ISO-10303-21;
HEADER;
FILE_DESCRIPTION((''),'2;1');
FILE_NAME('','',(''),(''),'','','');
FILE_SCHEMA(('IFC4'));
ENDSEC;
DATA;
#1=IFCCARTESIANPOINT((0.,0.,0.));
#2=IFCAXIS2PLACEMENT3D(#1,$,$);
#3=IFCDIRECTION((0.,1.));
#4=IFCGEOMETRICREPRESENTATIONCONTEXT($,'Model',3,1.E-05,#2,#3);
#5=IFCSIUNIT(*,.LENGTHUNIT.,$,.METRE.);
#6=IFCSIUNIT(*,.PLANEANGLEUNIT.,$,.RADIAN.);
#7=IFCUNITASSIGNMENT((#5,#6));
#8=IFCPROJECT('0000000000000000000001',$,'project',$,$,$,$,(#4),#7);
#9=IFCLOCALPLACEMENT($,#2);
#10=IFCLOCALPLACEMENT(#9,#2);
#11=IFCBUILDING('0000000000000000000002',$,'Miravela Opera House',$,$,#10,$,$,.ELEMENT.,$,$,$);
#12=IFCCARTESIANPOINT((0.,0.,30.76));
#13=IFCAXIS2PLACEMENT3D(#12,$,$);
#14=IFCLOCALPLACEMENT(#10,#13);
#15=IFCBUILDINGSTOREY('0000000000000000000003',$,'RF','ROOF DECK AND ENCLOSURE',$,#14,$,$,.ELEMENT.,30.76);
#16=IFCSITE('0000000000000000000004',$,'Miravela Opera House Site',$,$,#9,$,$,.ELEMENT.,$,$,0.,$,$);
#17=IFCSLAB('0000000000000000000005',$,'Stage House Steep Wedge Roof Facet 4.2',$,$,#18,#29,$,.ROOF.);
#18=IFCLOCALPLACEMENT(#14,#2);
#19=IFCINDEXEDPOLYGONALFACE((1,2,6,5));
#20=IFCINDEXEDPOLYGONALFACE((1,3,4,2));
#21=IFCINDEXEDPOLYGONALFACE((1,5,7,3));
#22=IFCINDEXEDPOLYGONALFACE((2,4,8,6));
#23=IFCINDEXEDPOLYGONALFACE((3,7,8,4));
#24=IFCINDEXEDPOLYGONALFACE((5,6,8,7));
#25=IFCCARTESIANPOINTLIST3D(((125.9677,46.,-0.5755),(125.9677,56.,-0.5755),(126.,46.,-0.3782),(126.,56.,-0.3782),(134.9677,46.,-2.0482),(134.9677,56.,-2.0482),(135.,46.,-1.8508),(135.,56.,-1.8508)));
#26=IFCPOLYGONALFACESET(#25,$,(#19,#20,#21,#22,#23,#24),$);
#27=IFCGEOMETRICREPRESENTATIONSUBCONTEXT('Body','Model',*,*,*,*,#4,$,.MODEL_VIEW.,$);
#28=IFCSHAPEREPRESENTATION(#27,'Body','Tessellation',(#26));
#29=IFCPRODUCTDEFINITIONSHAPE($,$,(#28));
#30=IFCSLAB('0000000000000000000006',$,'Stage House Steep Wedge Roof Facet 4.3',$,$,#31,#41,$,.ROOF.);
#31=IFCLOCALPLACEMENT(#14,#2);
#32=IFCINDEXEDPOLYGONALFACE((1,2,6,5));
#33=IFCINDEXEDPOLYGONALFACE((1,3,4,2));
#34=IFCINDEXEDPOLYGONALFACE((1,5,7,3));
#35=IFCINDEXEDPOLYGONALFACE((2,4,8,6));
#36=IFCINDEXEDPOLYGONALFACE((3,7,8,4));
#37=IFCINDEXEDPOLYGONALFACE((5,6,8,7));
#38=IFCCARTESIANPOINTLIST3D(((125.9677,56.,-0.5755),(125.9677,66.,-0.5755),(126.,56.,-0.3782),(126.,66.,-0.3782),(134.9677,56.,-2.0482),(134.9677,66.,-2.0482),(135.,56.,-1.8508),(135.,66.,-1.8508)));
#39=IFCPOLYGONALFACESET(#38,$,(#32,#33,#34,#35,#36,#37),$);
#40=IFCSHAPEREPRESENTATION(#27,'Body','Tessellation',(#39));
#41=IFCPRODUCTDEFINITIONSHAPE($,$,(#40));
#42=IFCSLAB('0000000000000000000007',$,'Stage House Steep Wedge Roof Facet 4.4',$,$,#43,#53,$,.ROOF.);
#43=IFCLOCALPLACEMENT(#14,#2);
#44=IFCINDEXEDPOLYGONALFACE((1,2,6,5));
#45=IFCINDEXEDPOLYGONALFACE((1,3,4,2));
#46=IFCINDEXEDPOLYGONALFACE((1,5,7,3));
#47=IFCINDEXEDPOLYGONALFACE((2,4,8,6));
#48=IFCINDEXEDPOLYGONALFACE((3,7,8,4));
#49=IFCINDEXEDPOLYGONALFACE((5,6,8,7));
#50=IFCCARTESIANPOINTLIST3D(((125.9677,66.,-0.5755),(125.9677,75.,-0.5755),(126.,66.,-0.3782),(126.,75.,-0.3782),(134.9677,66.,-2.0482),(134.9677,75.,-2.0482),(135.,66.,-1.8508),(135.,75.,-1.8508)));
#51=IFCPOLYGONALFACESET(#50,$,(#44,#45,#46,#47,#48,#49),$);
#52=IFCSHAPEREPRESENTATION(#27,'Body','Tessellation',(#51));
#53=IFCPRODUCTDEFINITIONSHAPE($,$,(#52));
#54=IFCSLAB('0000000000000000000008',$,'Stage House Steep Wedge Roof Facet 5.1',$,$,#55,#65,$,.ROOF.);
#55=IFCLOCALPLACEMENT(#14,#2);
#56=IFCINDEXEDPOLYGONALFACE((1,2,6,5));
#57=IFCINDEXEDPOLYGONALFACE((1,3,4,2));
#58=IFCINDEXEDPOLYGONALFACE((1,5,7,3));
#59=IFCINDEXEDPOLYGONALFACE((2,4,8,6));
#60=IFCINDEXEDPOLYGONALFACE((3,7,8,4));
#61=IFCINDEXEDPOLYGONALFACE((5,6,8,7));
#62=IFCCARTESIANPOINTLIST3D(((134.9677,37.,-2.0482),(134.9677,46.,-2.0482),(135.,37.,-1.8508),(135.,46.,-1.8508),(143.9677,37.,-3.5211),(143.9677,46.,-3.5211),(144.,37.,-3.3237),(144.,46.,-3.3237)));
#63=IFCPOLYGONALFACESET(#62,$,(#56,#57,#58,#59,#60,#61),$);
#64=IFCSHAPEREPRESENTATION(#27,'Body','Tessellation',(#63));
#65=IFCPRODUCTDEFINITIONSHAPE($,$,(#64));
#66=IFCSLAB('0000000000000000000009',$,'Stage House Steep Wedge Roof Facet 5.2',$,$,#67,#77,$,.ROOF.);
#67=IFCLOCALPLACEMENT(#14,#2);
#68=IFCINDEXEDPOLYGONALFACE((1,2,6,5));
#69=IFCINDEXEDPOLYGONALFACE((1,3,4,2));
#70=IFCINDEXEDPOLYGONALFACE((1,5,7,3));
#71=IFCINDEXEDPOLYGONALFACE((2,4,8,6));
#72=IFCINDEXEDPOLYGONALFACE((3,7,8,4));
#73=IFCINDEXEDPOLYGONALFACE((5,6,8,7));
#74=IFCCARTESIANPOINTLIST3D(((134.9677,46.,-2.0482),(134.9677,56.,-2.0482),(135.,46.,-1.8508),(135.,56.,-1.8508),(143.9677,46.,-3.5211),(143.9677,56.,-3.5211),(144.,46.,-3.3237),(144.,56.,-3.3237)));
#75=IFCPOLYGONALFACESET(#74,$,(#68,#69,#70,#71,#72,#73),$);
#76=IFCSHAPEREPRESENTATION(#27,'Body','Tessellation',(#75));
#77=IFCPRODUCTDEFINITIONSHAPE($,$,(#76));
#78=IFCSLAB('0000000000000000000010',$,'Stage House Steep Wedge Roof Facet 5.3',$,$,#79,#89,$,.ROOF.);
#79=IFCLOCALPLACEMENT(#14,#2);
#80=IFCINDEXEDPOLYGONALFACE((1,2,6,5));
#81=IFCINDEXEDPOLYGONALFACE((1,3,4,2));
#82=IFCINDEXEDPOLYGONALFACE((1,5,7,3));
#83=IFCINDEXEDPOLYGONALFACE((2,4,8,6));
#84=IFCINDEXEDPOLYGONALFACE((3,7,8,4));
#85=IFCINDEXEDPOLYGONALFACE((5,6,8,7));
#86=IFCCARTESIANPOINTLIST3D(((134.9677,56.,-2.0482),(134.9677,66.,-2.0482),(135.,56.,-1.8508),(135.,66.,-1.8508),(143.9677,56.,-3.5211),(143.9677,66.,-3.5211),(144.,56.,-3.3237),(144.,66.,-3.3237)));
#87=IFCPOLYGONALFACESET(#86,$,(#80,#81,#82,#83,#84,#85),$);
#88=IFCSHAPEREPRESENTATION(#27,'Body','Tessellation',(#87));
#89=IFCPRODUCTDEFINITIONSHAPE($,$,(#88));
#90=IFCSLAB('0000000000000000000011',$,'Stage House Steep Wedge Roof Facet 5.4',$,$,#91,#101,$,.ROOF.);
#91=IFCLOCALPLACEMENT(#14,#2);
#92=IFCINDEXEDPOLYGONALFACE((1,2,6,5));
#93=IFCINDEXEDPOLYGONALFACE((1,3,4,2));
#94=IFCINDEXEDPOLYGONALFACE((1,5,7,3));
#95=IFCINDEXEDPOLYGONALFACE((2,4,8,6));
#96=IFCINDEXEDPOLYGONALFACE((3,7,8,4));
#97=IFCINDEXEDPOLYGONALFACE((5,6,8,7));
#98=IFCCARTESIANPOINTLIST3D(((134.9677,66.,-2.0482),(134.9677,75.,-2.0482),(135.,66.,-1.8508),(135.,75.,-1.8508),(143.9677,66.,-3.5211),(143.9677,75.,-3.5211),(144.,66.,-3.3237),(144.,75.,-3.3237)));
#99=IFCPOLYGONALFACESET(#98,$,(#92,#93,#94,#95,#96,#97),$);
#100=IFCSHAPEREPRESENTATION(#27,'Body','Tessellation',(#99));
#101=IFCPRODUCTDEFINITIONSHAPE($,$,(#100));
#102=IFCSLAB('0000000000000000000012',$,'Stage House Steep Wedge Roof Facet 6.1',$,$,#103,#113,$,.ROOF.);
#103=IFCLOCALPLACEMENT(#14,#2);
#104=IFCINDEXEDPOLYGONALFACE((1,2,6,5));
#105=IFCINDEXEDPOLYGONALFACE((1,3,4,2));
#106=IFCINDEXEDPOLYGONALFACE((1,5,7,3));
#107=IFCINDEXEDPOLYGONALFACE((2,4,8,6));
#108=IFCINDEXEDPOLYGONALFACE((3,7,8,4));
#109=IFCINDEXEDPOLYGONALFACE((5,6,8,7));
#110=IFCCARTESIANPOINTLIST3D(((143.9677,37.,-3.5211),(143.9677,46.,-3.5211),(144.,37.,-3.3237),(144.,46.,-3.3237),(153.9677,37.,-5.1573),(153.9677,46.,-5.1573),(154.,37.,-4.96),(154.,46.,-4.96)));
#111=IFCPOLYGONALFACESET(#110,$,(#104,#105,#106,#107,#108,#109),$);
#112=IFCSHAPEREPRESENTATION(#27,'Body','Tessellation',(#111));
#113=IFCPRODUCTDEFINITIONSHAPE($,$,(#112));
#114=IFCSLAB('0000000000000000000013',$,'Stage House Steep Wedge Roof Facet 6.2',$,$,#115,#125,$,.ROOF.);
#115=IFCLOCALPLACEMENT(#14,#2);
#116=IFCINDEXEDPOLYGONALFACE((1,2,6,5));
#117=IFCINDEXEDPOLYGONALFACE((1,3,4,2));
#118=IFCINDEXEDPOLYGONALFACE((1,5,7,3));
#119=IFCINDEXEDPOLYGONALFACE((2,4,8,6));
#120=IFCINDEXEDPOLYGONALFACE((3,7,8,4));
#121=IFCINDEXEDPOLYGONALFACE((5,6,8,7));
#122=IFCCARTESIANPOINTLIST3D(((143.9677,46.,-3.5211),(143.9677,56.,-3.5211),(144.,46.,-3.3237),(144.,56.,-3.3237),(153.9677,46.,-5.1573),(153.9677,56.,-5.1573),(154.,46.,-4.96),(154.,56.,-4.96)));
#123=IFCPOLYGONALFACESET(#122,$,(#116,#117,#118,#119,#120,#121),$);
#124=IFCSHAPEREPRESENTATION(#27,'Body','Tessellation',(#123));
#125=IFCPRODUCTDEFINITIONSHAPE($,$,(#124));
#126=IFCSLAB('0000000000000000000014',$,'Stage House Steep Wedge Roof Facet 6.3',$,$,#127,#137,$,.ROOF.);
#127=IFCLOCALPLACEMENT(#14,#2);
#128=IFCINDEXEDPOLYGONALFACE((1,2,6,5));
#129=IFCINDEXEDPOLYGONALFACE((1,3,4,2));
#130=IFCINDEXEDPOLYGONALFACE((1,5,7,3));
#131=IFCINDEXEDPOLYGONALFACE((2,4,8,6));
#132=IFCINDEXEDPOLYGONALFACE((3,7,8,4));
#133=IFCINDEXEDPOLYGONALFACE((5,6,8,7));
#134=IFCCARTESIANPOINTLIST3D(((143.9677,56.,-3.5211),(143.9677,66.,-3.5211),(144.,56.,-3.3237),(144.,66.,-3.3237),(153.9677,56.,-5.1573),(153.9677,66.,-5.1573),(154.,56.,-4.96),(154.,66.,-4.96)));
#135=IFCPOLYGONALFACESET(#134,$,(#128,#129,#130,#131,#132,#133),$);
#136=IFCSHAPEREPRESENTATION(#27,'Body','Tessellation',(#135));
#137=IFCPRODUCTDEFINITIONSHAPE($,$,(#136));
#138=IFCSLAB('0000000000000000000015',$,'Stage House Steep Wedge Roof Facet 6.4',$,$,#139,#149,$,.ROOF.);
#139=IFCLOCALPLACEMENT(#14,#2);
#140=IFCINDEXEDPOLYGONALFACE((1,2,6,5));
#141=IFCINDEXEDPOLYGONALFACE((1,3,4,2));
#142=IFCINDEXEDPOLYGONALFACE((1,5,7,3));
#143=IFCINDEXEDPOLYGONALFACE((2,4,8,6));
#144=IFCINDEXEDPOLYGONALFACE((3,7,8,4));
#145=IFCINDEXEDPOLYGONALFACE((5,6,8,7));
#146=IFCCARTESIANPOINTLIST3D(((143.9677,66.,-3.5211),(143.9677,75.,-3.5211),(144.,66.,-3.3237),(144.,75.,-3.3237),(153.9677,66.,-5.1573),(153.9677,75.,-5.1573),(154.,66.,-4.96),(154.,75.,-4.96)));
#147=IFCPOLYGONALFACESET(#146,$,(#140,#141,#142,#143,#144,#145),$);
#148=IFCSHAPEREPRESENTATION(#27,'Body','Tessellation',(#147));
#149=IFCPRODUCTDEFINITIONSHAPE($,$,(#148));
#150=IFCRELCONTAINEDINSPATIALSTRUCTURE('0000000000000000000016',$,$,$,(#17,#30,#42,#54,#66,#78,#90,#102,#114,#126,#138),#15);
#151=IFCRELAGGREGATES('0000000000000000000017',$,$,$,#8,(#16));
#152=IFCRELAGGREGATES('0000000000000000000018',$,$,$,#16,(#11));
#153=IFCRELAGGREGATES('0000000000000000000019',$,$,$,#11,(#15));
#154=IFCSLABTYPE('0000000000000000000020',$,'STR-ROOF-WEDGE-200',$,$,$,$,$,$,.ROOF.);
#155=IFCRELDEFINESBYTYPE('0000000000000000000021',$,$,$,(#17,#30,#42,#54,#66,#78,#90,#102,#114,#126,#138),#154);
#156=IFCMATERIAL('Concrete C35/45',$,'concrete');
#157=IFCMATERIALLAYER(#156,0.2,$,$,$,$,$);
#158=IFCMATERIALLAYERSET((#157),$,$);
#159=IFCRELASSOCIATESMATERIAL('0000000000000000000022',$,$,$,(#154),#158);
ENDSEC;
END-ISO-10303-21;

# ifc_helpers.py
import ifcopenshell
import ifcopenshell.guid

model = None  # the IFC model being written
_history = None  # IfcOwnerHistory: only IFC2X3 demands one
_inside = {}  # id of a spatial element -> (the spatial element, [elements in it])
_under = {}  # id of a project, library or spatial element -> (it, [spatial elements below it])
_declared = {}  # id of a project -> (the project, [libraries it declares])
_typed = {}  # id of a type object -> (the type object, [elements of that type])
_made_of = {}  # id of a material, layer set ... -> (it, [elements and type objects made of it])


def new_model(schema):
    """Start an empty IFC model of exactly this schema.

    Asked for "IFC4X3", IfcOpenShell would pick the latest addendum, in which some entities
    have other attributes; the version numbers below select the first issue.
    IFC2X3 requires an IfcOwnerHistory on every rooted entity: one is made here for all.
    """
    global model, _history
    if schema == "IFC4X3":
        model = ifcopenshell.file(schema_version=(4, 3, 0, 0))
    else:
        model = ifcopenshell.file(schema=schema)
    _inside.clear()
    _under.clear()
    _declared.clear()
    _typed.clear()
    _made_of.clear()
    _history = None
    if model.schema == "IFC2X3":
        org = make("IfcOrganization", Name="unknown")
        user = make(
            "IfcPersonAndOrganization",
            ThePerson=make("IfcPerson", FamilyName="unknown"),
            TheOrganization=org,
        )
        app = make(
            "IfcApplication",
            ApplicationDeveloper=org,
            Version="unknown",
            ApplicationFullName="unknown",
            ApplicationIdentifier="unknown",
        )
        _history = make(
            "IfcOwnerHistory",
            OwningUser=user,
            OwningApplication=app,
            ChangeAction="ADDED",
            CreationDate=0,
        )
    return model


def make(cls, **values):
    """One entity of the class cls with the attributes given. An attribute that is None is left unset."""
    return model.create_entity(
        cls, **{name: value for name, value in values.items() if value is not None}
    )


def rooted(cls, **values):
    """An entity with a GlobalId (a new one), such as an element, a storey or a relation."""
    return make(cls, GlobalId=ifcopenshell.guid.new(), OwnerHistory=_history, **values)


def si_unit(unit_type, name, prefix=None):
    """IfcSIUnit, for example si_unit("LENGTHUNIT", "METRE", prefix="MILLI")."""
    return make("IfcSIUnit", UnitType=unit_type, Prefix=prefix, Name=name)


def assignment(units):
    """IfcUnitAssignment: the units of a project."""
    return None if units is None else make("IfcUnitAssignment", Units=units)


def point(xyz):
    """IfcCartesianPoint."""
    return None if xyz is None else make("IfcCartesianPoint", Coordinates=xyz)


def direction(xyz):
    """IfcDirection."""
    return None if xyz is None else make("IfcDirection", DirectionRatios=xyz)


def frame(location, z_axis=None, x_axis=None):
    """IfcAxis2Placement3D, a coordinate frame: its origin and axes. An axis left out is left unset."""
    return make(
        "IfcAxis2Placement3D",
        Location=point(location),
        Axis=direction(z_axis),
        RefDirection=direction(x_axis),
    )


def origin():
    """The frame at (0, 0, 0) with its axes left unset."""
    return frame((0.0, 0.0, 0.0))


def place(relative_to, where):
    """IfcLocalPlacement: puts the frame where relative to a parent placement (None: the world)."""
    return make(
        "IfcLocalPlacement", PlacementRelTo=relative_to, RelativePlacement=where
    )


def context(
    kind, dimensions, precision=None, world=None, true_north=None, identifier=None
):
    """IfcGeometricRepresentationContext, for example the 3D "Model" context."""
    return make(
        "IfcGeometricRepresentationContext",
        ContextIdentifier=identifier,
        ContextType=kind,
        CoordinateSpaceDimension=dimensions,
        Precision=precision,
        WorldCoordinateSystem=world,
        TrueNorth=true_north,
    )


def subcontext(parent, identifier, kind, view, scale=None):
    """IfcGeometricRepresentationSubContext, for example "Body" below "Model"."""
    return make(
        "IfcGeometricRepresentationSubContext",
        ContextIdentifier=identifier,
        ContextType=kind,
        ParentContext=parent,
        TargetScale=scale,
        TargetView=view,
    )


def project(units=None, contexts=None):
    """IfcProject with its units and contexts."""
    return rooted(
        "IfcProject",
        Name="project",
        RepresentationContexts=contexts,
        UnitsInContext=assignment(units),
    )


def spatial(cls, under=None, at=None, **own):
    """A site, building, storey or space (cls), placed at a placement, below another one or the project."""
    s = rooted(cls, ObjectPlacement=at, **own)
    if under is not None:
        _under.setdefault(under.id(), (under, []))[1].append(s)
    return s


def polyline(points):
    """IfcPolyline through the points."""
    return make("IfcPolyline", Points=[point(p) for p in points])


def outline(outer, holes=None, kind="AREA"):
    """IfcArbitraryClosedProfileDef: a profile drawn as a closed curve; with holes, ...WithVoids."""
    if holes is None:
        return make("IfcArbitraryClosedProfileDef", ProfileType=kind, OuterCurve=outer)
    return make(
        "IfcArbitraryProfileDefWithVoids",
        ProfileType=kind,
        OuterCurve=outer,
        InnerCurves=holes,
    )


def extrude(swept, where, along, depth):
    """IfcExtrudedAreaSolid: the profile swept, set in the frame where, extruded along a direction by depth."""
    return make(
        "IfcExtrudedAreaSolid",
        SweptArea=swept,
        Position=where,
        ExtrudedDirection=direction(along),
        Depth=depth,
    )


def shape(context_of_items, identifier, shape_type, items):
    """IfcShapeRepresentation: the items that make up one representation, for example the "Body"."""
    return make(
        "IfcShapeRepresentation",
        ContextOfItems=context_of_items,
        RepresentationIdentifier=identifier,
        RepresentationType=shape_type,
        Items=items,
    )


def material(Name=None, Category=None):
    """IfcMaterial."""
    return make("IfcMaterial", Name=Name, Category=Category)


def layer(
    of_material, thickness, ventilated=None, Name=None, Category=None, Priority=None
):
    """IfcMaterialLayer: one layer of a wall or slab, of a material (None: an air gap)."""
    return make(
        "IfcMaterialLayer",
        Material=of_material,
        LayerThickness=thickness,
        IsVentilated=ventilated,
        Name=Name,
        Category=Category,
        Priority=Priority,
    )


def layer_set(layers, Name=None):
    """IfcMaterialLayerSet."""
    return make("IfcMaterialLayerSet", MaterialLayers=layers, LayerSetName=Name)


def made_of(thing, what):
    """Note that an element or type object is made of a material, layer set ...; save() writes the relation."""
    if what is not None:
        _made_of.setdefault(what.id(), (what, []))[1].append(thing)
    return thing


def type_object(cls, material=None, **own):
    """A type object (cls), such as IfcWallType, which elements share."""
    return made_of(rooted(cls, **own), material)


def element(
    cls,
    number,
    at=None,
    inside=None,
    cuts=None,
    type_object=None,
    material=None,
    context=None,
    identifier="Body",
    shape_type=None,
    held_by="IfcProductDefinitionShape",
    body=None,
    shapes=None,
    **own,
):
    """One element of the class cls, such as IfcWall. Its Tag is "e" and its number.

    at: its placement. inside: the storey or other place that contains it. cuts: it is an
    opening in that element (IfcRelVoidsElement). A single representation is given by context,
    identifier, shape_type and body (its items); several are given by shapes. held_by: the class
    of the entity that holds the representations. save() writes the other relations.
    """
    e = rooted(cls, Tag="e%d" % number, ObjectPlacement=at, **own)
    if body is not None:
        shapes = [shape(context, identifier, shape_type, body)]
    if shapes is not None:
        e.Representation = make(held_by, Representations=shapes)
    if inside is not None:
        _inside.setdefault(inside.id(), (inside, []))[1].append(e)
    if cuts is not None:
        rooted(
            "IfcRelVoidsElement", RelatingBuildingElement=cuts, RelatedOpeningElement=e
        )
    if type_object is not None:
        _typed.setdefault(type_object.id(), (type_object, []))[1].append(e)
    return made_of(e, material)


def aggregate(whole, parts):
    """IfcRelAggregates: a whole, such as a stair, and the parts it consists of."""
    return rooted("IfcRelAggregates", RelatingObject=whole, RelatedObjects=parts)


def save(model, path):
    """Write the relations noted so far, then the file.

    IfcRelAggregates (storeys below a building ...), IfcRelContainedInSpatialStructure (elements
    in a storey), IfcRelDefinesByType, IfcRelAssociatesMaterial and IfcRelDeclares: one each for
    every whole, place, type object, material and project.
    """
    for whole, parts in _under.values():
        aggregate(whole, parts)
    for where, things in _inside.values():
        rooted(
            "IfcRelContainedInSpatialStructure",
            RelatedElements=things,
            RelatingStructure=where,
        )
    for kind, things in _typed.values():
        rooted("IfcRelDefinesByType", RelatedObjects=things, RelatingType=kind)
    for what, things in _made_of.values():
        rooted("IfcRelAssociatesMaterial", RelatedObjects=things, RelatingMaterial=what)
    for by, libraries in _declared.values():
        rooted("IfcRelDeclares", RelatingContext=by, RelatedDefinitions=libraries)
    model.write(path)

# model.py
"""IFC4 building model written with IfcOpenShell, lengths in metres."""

from ifc_helpers import new_model, si_unit, direction, frame, origin, place, context, subcontext, project, spatial, polyline, outline, extrude, material, layer, layer_set, type_object, element, save


model = new_model("IFC4")

# Units and contexts
model_context = context("Model", 3, precision=1e-05, world=origin(), true_north=direction((0.0, 1.0)))
body_context = subcontext(model_context, "Body", "Model", "MODEL_VIEW")
ifc_project = project(units=[si_unit("LENGTHUNIT", "METRE"), si_unit("PLANEANGLEUNIT", "RADIAN")], contexts=[model_context])

# Site, building, storey
site_placement = place(None, origin())
site = spatial("IfcSite", under=ifc_project, at=site_placement, Name="Miravela Opera House Site", CompositionType="ELEMENT", RefElevation=0.0)
building_placement = place(site_placement, origin())
building = spatial("IfcBuilding", under=site, at=building_placement, Name="Miravela Opera House", CompositionType="ELEMENT")
storey_placement = place(building_placement, frame((0.0, 0.0, 30.76)))
storey = spatial("IfcBuildingStorey", under=building, at=storey_placement, Name="RF", Description="ROOF DECK AND ENCLOSURE", CompositionType="ELEMENT", Elevation=30.76)

# Shared definitions
ifc_material = material(Name="Concrete C35/45", Category="concrete")

# Slabs
ifc_layer = layer(ifc_material, 0.2)
ifc_layer_set = layer_set([ifc_layer])
slab_type = type_object("IfcSlabType", Name="STR-ROOF-WEDGE-200", PredefinedType="ROOF", material=ifc_layer_set)
for number, where, z_axis, x_axis, name in (
    (1, (126.0, 46.0, -0.3782), (0.161481, 0.0, 0.986876), (0.986876, 0.0, -0.161481), "Stage House Steep Wedge Roof Facet 4.2"),
    (2, (126.0, 56.0, -0.3782), (0.161481, 0.0, 0.986876), (0.986876, 0.0, -0.161481), "Stage House Steep Wedge Roof Facet 4.3"),
):
    element("IfcSlab", number, at=place(storey_placement, frame(where, z_axis=z_axis, x_axis=x_axis)), inside=storey, type_object=slab_type, Name=name, PredefinedType="ROOF", context=body_context, shape_type="SweptSolid", body=[
        extrude(outline(polyline([(0.0, 0.0), (9.1197, 0.0), (9.1197, 10.0), (0.0, 10.0), (0.0, 0.0)])), origin(), (0.0, 0.0, -1.0), 0.2),
    ])
slab_1_placement = place(storey_placement, frame((126.0, 66.0, -0.3782), z_axis=(0.161481, 0.0, 0.986876), x_axis=(0.986876, 0.0, -0.161481)))
element("IfcSlab", 3, at=slab_1_placement, inside=storey, type_object=slab_type, Name="Stage House Steep Wedge Roof Facet 4.4", PredefinedType="ROOF", context=body_context, shape_type="SweptSolid", body=[
    extrude(outline(polyline([(0.0, 0.0), (9.1197, 0.0), (9.1197, 9.0), (0.0, 9.0), (0.0, 0.0)])), origin(), (0.0, 0.0, -1.0), 0.2),
])
slab_2_placement = place(storey_placement, frame((135.0, 37.0, -1.8508), z_axis=(0.161507, 0.0, 0.986872), x_axis=(0.986872, 0.0, -0.161507)))
element("IfcSlab", 4, at=slab_2_placement, inside=storey, type_object=slab_type, Name="Stage House Steep Wedge Roof Facet 5.1", PredefinedType="ROOF", context=body_context, shape_type="SweptSolid", body=[
    extrude(outline(polyline([(0.0, 0.0), (9.1197, 0.0), (9.1197, 9.0), (0.0, 9.0), (0.0, 0.0)])), origin(), (0.0, 0.0, -1.0), 0.2),
])
for number, where, z_axis, x_axis, name in (
    (5, (135.0, 46.0, -1.8508), (0.161507, 0.0, 0.986872), (0.986872, 0.0, -0.161507), "Stage House Steep Wedge Roof Facet 5.2"),
    (6, (135.0, 56.0, -1.8508), (0.161507, 0.0, 0.986872), (0.986872, 0.0, -0.161507), "Stage House Steep Wedge Roof Facet 5.3"),
):
    element("IfcSlab", number, at=place(storey_placement, frame(where, z_axis=z_axis, x_axis=x_axis)), inside=storey, type_object=slab_type, Name=name, PredefinedType="ROOF", context=body_context, shape_type="SweptSolid", body=[
        extrude(outline(polyline([(0.0, 0.0), (9.1197, 0.0), (9.1197, 10.0), (0.0, 10.0), (0.0, 0.0)])), origin(), (0.0, 0.0, -1.0), 0.2),
    ])
slab_3_placement = place(storey_placement, frame((135.0, 66.0, -1.8508), z_axis=(0.161507, 0.0, 0.986872), x_axis=(0.986872, 0.0, -0.161507)))
element("IfcSlab", 7, at=slab_3_placement, inside=storey, type_object=slab_type, Name="Stage House Steep Wedge Roof Facet 5.4", PredefinedType="ROOF", context=body_context, shape_type="SweptSolid", body=[
    extrude(outline(polyline([(0.0, 0.0), (9.1197, 0.0), (9.1197, 9.0), (0.0, 9.0), (0.0, 0.0)])), origin(), (0.0, 0.0, -1.0), 0.2),
])
slab_4_placement = place(storey_placement, frame((144.0, 37.0, -3.3237), z_axis=(0.161476, 0.0, 0.986877), x_axis=(0.986877, 0.0, -0.161476)))
element("IfcSlab", 8, at=slab_4_placement, inside=storey, type_object=slab_type, Name="Stage House Steep Wedge Roof Facet 6.1", PredefinedType="ROOF", context=body_context, shape_type="SweptSolid", body=[
    extrude(outline(polyline([(0.0, 0.0), (10.133, 0.0), (10.133, 9.0), (0.0, 9.0), (0.0, 0.0)])), origin(), (0.0, 0.0, -1.0), 0.2),
])
for number, where, z_axis, x_axis, name in (
    (9, (144.0, 46.0, -3.3237), (0.161476, 0.0, 0.986877), (0.986877, 0.0, -0.161476), "Stage House Steep Wedge Roof Facet 6.2"),
    (10, (144.0, 56.0, -3.3237), (0.161476, 0.0, 0.986877), (0.986877, 0.0, -0.161476), "Stage House Steep Wedge Roof Facet 6.3"),
):
    element("IfcSlab", number, at=place(storey_placement, frame(where, z_axis=z_axis, x_axis=x_axis)), inside=storey, type_object=slab_type, Name=name, PredefinedType="ROOF", context=body_context, shape_type="SweptSolid", body=[
        extrude(outline(polyline([(0.0, 0.0), (10.133, 0.0), (10.133, 10.0), (0.0, 10.0), (0.0, 0.0)])), origin(), (0.0, 0.0, -1.0), 0.2),
    ])
slab_5_placement = place(storey_placement, frame((144.0, 66.0, -3.3237), z_axis=(0.161476, 0.0, 0.986877), x_axis=(0.986877, 0.0, -0.161476)))
element("IfcSlab", 11, at=slab_5_placement, inside=storey, type_object=slab_type, Name="Stage House Steep Wedge Roof Facet 6.4", PredefinedType="ROOF", context=body_context, shape_type="SweptSolid", body=[
    extrude(outline(polyline([(0.0, 0.0), (10.133, 0.0), (10.133, 9.0), (0.0, 9.0), (0.0, 0.0)])), origin(), (0.0, 0.0, -1.0), 0.2),
])

save(model, "model.ifc")
